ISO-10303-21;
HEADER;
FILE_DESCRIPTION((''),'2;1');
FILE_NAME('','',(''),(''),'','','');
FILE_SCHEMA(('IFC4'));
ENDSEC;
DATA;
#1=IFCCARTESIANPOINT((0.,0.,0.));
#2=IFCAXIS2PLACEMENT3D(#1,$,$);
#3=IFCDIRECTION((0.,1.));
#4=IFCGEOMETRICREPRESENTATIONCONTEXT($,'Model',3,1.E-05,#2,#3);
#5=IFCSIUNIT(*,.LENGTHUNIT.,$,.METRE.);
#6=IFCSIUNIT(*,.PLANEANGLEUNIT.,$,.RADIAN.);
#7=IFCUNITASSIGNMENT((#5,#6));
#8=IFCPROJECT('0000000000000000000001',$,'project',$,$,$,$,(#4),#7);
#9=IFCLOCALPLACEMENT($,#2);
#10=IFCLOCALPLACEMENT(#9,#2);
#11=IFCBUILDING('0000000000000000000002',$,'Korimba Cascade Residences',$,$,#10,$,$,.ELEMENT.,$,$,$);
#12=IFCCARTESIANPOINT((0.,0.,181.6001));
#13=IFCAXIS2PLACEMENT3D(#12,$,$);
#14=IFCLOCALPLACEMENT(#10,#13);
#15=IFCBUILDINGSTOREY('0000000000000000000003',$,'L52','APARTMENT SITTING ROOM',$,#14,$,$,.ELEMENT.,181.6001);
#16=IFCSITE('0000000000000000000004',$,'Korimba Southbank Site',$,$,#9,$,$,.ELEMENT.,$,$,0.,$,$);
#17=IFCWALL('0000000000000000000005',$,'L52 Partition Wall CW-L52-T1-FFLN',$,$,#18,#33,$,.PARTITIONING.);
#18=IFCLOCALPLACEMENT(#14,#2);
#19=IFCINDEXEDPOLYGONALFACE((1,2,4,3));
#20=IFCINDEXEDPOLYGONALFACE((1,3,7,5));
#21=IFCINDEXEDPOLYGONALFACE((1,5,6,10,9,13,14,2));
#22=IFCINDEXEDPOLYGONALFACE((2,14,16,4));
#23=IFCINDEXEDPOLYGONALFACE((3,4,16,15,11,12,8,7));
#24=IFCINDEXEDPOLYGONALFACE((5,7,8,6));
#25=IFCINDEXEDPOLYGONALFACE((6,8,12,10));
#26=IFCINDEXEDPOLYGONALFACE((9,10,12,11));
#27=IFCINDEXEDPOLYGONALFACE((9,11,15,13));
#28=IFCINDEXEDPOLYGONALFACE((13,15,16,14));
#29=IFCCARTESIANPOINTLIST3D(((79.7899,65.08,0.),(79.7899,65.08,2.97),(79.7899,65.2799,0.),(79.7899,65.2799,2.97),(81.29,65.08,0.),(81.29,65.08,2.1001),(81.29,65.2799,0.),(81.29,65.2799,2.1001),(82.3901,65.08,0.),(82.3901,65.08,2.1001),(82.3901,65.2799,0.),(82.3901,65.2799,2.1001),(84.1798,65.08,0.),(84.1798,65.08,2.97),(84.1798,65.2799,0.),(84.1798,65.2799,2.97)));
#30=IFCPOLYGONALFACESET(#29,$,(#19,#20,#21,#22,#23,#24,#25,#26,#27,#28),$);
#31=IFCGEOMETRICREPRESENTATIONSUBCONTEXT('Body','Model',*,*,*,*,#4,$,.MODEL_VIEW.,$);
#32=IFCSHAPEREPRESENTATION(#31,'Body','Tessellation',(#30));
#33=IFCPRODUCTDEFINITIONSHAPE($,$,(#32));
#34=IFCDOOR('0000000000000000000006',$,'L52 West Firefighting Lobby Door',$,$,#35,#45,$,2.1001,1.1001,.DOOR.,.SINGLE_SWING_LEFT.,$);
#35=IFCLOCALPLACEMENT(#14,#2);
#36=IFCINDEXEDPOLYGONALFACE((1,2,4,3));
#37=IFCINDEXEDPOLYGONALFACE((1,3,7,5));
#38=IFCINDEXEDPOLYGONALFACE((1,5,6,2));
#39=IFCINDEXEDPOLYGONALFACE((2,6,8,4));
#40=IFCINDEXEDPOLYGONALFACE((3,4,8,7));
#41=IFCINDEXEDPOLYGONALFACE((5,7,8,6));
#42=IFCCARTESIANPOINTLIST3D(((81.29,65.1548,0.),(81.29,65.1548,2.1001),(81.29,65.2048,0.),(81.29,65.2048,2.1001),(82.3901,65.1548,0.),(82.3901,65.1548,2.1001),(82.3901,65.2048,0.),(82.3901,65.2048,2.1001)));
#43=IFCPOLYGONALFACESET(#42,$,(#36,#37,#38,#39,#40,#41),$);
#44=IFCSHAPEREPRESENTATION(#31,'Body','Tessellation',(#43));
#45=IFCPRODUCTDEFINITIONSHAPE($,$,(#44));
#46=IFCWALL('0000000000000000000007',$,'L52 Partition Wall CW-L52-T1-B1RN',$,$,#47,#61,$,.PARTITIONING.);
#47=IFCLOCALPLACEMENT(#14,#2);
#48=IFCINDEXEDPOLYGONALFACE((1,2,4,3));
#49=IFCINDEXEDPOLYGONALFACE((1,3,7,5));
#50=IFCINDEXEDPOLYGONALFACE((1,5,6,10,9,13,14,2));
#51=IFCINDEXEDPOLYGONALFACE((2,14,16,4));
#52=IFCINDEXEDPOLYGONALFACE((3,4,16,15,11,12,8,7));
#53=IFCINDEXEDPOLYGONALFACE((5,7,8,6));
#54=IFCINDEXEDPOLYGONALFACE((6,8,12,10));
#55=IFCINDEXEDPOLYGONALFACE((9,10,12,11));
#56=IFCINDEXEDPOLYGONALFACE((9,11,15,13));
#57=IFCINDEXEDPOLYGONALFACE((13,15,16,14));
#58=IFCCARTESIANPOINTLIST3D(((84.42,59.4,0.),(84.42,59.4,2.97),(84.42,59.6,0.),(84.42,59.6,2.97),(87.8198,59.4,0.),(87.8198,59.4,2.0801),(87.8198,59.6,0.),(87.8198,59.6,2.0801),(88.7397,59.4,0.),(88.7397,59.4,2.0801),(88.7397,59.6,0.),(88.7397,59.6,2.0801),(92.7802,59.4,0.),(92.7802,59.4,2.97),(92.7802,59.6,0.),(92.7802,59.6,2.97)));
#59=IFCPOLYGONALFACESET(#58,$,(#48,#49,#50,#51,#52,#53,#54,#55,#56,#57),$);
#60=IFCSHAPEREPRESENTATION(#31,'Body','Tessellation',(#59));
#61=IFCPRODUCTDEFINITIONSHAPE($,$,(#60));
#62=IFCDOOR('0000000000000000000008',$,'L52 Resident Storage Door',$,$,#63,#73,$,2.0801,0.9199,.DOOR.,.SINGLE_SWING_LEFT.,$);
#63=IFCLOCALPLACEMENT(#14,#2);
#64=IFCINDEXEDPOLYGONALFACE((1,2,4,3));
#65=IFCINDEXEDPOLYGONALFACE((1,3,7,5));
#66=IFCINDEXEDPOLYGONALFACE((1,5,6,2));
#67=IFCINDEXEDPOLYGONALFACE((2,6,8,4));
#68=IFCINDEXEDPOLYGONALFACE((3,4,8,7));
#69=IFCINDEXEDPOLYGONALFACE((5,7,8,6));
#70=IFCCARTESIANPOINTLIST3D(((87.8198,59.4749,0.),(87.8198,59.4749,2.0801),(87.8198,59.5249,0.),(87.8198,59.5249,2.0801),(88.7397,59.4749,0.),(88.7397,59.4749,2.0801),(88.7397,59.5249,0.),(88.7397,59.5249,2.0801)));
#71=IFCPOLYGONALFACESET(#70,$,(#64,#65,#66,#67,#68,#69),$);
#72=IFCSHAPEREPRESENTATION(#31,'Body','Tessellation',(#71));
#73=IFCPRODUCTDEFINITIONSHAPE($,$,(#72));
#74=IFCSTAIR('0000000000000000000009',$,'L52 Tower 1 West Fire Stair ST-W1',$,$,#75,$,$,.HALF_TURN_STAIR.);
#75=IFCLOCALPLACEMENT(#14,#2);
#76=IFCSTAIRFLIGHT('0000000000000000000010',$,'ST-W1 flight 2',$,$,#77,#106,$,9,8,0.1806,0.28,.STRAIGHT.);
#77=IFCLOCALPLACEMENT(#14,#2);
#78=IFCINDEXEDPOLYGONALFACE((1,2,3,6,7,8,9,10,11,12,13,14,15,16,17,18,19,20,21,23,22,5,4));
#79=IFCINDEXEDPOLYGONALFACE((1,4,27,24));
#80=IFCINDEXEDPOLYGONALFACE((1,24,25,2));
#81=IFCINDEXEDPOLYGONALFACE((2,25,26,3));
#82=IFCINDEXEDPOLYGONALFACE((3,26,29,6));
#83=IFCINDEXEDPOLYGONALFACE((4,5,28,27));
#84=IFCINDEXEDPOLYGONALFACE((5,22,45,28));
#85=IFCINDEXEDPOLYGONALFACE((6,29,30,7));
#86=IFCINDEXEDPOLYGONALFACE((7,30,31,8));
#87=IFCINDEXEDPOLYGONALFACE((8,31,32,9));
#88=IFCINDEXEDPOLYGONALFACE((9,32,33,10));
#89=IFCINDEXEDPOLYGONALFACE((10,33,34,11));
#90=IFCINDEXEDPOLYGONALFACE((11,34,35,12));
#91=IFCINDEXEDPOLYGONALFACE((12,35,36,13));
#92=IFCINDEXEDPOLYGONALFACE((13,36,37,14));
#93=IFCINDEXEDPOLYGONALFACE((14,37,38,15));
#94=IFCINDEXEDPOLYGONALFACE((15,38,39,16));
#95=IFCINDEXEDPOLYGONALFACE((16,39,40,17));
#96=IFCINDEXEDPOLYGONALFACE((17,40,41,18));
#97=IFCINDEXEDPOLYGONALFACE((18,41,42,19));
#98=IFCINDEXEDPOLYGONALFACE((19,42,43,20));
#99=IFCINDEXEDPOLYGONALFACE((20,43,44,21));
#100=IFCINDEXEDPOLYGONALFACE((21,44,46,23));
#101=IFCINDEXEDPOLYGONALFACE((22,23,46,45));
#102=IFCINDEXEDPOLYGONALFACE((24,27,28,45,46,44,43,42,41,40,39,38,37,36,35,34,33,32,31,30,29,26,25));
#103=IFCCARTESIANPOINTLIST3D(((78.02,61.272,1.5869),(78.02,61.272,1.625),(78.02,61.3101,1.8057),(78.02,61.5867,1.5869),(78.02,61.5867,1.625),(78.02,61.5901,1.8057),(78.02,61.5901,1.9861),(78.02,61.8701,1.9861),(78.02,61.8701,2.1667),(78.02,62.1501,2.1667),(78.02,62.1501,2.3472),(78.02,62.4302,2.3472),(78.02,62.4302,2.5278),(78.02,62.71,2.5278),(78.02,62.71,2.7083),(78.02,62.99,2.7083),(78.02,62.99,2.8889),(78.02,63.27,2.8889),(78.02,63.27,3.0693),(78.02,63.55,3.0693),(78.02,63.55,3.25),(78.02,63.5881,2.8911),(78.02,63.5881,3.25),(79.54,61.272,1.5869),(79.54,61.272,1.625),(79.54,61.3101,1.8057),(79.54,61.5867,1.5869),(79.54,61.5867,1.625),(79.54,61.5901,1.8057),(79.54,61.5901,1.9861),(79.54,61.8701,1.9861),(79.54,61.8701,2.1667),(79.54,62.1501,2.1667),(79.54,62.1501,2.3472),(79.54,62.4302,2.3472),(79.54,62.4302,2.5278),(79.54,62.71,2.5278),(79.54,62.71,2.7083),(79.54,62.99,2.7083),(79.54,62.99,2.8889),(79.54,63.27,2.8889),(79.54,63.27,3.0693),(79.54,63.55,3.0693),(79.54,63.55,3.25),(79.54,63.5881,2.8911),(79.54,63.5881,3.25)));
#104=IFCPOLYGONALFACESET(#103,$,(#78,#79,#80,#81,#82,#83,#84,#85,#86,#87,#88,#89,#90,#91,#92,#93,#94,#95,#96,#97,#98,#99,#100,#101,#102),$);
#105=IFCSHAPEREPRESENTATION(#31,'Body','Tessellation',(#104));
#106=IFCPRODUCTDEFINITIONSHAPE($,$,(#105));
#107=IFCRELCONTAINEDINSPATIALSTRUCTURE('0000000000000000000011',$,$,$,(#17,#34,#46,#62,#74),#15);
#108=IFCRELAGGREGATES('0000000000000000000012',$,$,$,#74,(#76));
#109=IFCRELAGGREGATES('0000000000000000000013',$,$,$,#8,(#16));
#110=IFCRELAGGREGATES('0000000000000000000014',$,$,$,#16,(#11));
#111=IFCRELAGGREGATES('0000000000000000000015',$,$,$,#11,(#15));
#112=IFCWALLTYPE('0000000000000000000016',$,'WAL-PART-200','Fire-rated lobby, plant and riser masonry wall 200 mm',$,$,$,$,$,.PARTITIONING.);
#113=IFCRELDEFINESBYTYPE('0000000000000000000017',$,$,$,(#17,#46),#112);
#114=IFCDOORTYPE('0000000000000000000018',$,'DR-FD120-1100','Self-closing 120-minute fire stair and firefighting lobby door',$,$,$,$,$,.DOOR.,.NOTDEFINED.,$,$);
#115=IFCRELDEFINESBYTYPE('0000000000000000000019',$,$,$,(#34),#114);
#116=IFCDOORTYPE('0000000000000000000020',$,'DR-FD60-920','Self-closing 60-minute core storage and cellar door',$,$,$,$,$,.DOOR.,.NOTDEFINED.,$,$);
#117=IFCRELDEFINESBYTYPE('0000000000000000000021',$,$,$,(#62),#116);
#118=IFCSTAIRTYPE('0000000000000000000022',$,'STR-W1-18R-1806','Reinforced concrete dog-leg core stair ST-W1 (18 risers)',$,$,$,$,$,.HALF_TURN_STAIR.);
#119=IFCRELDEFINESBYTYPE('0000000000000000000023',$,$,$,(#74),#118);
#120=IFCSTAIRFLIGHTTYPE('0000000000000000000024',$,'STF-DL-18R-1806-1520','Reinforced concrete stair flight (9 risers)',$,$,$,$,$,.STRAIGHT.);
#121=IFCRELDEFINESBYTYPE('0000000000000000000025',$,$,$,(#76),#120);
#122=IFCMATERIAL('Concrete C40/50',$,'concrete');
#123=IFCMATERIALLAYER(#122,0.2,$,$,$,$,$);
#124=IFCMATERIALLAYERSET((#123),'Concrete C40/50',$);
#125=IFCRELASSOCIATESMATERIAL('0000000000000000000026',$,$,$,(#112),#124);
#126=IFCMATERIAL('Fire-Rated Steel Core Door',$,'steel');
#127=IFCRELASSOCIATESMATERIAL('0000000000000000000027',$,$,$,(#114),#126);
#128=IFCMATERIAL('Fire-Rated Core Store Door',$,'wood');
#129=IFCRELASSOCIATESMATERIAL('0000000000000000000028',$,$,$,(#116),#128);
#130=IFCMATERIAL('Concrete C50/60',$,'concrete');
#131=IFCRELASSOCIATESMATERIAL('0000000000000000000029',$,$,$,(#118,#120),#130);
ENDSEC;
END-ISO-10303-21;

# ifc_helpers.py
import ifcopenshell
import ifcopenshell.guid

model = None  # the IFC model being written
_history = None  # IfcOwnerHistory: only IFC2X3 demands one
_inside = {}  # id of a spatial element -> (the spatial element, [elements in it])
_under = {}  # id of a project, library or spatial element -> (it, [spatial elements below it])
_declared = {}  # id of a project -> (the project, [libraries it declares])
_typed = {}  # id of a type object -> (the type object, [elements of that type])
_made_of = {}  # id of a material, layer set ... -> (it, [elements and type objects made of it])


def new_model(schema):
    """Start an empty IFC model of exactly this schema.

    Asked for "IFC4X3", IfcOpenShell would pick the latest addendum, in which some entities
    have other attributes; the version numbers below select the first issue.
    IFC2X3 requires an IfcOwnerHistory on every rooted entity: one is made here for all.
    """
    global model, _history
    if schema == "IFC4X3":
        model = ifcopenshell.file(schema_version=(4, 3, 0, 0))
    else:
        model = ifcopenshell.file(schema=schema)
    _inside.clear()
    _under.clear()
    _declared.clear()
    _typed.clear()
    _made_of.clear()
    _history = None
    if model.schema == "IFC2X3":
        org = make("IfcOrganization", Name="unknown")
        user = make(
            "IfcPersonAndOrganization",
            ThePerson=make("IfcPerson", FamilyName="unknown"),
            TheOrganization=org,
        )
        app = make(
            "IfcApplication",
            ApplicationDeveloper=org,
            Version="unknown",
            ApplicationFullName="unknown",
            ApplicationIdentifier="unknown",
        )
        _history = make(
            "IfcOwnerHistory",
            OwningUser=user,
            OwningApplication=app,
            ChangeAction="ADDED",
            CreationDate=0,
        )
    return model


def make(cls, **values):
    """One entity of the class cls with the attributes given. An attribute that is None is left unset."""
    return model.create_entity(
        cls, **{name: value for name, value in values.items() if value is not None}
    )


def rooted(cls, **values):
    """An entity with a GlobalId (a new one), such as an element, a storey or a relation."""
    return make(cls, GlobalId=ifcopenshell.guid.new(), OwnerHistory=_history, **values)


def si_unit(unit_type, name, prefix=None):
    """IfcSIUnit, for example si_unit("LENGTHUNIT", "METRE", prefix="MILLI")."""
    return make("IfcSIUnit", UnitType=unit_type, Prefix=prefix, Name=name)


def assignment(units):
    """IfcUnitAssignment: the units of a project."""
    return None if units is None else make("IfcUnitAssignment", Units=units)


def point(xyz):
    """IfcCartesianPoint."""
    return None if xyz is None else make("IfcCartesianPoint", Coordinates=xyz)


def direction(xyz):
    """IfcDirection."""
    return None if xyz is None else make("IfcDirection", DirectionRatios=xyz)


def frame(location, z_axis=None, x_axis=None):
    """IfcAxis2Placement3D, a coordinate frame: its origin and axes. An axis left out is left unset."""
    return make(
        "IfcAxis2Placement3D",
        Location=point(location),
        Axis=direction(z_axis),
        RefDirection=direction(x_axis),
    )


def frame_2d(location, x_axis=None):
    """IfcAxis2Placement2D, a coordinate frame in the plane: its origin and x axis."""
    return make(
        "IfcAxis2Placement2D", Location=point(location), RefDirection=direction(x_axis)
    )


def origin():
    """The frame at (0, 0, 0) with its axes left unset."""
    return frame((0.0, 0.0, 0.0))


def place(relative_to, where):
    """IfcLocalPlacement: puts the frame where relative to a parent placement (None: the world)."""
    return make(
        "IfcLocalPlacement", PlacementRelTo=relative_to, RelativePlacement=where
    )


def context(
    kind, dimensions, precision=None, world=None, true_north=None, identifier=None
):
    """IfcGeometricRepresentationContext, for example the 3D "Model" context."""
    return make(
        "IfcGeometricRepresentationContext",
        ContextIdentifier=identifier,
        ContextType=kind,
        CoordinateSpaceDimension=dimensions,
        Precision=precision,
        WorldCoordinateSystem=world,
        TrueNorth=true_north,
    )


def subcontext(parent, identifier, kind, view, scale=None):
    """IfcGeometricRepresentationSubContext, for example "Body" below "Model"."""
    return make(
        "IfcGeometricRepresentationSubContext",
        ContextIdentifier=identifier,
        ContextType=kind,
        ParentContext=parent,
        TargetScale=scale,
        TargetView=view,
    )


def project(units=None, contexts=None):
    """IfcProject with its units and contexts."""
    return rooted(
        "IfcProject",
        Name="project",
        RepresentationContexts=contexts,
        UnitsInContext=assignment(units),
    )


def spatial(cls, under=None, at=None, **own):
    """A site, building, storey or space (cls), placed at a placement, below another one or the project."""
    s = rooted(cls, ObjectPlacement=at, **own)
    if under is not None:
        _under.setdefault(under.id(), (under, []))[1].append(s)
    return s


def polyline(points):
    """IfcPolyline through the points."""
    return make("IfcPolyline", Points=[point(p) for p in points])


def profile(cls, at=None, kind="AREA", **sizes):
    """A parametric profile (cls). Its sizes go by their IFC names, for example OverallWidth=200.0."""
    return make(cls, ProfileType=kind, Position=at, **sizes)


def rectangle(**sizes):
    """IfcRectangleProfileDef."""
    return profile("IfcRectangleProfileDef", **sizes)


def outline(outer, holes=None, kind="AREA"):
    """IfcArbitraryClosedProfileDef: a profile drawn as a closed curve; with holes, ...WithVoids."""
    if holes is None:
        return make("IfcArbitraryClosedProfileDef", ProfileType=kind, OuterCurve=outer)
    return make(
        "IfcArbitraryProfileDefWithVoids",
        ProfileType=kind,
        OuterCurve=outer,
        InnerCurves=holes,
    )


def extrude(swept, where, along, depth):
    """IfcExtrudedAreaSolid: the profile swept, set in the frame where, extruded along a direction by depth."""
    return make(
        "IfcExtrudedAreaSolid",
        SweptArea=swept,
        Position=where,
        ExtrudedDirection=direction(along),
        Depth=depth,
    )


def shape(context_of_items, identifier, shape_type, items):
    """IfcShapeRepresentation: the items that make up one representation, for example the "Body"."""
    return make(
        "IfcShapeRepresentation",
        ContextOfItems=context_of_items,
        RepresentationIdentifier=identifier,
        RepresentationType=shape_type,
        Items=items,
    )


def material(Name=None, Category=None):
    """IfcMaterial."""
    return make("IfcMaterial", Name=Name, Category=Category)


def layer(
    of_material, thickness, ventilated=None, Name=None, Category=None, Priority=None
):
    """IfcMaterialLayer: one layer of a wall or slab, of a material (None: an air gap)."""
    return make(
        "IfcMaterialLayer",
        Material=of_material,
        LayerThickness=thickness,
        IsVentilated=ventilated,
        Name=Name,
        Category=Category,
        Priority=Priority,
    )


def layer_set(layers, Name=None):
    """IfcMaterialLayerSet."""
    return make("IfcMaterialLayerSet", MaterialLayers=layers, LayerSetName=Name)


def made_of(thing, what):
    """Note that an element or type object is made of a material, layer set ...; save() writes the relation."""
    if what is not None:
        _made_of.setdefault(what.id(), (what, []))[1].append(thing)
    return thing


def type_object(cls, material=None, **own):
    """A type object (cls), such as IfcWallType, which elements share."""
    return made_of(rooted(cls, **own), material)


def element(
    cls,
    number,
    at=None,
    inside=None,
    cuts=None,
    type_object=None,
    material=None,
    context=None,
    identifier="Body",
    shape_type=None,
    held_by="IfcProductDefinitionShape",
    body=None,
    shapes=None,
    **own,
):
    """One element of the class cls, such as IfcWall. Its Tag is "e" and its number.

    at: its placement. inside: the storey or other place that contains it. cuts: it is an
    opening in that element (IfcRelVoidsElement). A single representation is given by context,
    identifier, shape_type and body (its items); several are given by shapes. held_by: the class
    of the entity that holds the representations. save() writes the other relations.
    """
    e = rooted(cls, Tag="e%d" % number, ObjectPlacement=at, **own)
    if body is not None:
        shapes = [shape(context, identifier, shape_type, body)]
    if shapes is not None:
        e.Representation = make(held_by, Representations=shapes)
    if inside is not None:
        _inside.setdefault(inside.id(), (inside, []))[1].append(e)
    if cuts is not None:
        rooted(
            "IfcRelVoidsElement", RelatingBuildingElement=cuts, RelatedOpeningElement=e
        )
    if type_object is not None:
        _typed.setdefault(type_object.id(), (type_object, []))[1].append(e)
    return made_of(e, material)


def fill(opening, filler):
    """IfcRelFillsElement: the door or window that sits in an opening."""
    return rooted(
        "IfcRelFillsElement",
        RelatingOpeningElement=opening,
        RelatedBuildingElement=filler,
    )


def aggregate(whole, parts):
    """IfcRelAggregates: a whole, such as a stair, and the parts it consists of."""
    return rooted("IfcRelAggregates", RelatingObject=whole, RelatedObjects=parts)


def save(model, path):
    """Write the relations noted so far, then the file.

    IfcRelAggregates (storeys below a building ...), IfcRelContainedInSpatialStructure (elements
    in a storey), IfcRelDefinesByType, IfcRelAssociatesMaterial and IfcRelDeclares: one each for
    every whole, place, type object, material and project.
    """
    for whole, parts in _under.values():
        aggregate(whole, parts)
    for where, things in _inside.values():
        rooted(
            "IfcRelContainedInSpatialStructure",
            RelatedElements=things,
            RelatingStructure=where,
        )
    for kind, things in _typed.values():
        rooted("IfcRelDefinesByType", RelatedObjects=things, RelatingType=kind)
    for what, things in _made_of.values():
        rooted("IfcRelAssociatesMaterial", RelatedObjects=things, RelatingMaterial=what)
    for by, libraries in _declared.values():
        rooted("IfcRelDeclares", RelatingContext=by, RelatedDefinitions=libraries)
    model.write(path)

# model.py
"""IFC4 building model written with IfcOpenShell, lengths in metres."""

from ifc_helpers import new_model, si_unit, direction, frame, frame_2d, origin, place, context, subcontext, project, spatial, polyline, rectangle, outline, extrude, material, layer, layer_set, type_object, element, fill, aggregate, save


model = new_model("IFC4")

# Units and contexts
model_context = context("Model", 3, precision=1e-05, world=origin(), true_north=direction((0.0, 1.0)))
body_context = subcontext(model_context, "Body", "Model", "MODEL_VIEW")
ifc_project = project(units=[si_unit("LENGTHUNIT", "METRE"), si_unit("PLANEANGLEUNIT", "RADIAN")], contexts=[model_context])

# Site, building, storey
site_placement = place(None, origin())
site = spatial("IfcSite", under=ifc_project, at=site_placement, Name="Korimba Southbank Site", CompositionType="ELEMENT", RefElevation=0.0)
building_placement = place(site_placement, origin())
building = spatial("IfcBuilding", under=site, at=building_placement, Name="Korimba Cascade Residences", CompositionType="ELEMENT")
storey_placement = place(building_placement, frame((0.0, 0.0, 181.6001)))
storey = spatial("IfcBuildingStorey", under=building, at=storey_placement, Name="L52", Description="APARTMENT SITTING ROOM", CompositionType="ELEMENT", Elevation=181.6001)

# Walls, openings, doors
ifc_material_1 = material(Name="Concrete C40/50", Category="concrete")
ifc_layer = layer(ifc_material_1, 0.2)
ifc_layer_set = layer_set([ifc_layer], Name="Concrete C40/50")
wall_type = type_object("IfcWallType", Name="WAL-PART-200", Description="Fire-rated lobby, plant and riser masonry wall 200 mm", PredefinedType="PARTITIONING", material=ifc_layer_set)
wall_1_placement = place(storey_placement, frame((79.79, 65.1799, 0.0), z_axis=(0.0, 0.0, 1.0), x_axis=(1.0, 0.0, 0.0)))
wall_1 = element("IfcWall", 1, at=wall_1_placement, inside=storey, type_object=wall_type, Name="L52 Partition Wall CW-L52-T1-FFLN", PredefinedType="PARTITIONING", context=body_context, shape_type="SweptSolid", body=[
    extrude(rectangle(XDim=4.3899, YDim=0.2, at=frame_2d((2.1948, 0.0))), origin(), (0.0, 0.0, 1.0), 2.97),
])
opening_1_placement = place(wall_1_placement, frame((1.5, 0.0, 0.0)))
opening_1 = element("IfcOpeningElement", 2, at=opening_1_placement, cuts=wall_1, PredefinedType="OPENING", context=body_context, shape_type="SweptSolid", body=[
    extrude(rectangle(XDim=1.1001, YDim=2.1001, at=frame_2d((0.55, 1.05))), frame((0.0, 0.1099, 0.0), z_axis=(0.0, -1.0, 0.0), x_axis=(1.0, 0.0, 0.0)), (0.0, 0.0, 1.0), 0.22),
])
ifc_material_2 = material(Name="Fire-Rated Steel Core Door", Category="steel")
door_type_1 = type_object("IfcDoorType", Name="DR-FD120-1100", Description="Self-closing 120-minute fire stair and firefighting lobby door", OperationType="NOTDEFINED", PredefinedType="DOOR", material=ifc_material_2)
door_1_placement = place(opening_1_placement, origin())
door_1 = element("IfcDoor", 3, at=door_1_placement, inside=storey, type_object=door_type_1, Name="L52 West Firefighting Lobby Door", OperationType="SINGLE_SWING_LEFT", OverallHeight=2.1001, OverallWidth=1.1001, PredefinedType="DOOR", context=body_context, shape_type="SweptSolid", body=[
    extrude(rectangle(XDim=1.1001, YDim=2.1001, at=frame_2d((0.55, 1.05))), frame((0.0, 0.0249, 0.0), z_axis=(0.0, -1.0, 0.0), x_axis=(1.0, 0.0, 0.0)), (0.0, 0.0, 1.0), 0.05),
])
fill(opening_1, door_1)
wall_2_placement = place(storey_placement, frame((84.4199, 59.5, 0.0), z_axis=(0.0, 0.0, 1.0), x_axis=(1.0, 0.0, 0.0)))
wall_2 = element("IfcWall", 4, at=wall_2_placement, inside=storey, type_object=wall_type, Name="L52 Partition Wall CW-L52-T1-B1RN", PredefinedType="PARTITIONING", context=body_context, shape_type="SweptSolid", body=[
    extrude(rectangle(XDim=8.3601, YDim=0.2, at=frame_2d((4.1802, 0.0))), origin(), (0.0, 0.0, 1.0), 2.97),
])
opening_2_placement = place(wall_2_placement, frame((3.3999, 0.0, 0.0)))
opening_2 = element("IfcOpeningElement", 5, at=opening_2_placement, cuts=wall_2, PredefinedType="OPENING", context=body_context, shape_type="SweptSolid", body=[
    extrude(rectangle(XDim=0.9199, YDim=2.0801, at=frame_2d((0.46, 1.04))), frame((0.0, 0.1099, 0.0), z_axis=(0.0, -1.0, 0.0), x_axis=(1.0, 0.0, 0.0)), (0.0, 0.0, 1.0), 0.22),
])
ifc_material_3 = material(Name="Fire-Rated Core Store Door", Category="wood")
door_type_2 = type_object("IfcDoorType", Name="DR-FD60-920", Description="Self-closing 60-minute core storage and cellar door", OperationType="NOTDEFINED", PredefinedType="DOOR", material=ifc_material_3)
door_2_placement = place(opening_2_placement, origin())
door_2 = element("IfcDoor", 6, at=door_2_placement, inside=storey, type_object=door_type_2, Name="L52 Resident Storage Door", OperationType="SINGLE_SWING_LEFT", OverallHeight=2.0801, OverallWidth=0.9199, PredefinedType="DOOR", context=body_context, shape_type="SweptSolid", body=[
    extrude(rectangle(XDim=0.9199, YDim=2.0801, at=frame_2d((0.46, 1.04))), frame((0.0, 0.0249, 0.0), z_axis=(0.0, -1.0, 0.0), x_axis=(1.0, 0.0, 0.0)), (0.0, 0.0, 1.0), 0.05),
])
fill(opening_2, door_2)

# Stair, stair flight
ifc_material_4 = material(Name="Concrete C50/60", Category="concrete")
stair_type = type_object("IfcStairType", Name="STR-W1-18R-1806", Description="Reinforced concrete dog-leg core stair ST-W1 (18 risers)", PredefinedType="HALF_TURN_STAIR", material=ifc_material_4)
stair_placement = place(storey_placement, origin())
stair = element("IfcStair", 7, at=stair_placement, inside=storey, type_object=stair_type, Name="L52 Tower 1 West Fire Stair ST-W1", PredefinedType="HALF_TURN_STAIR")
stair_flight_type = type_object("IfcStairFlightType", Name="STF-DL-18R-1806-1520", Description="Reinforced concrete stair flight (9 risers)", PredefinedType="STRAIGHT", material=ifc_material_4)
stair_flight_placement = place(storey_placement, frame((78.78, 61.3101, 1.625), z_axis=(0.0, 0.0, 1.0), x_axis=(0.0, 1.0, 0.0)))
stair_flight = element("IfcStairFlight", 8, at=stair_flight_placement, type_object=stair_flight_type, Name="ST-W1 flight 2", NumberOfRisers=9, NumberOfTreads=8, PredefinedType="STRAIGHT", RiserHeight=0.1806, TreadLength=0.28, context=body_context, shape_type="SweptSolid", body=[
    extrude(outline(polyline([(-0.0381, 0.0), (0.0, 0.1807), (0.28, 0.1807), (0.28, 0.3611), (0.5601, 0.3611), (0.5601, 0.5417), (0.8401, 0.5417), (0.8401, 0.7222), (1.1201, 0.7222), (1.1201, 0.9028), (1.3999, 0.9028), (1.3999, 1.0833), (1.6799, 1.0833), (1.6799, 1.2639), (1.96, 1.2639), (1.96, 1.4443), (2.24, 1.4443), (2.24, 1.625), (2.2781, 1.625), (2.2781, 1.2661), (0.2766, 0.0), (0.2766, -0.0381), (-0.0381, -0.0381), (-0.0381, 0.0)])), frame((0.0, 0.76, 0.0), z_axis=(0.0, -1.0, 0.0), x_axis=(1.0, 0.0, 0.0)), (0.0, 0.0, 1.0), 1.52),
])
aggregate(stair, [stair_flight])

save(model, "model.ifc")
